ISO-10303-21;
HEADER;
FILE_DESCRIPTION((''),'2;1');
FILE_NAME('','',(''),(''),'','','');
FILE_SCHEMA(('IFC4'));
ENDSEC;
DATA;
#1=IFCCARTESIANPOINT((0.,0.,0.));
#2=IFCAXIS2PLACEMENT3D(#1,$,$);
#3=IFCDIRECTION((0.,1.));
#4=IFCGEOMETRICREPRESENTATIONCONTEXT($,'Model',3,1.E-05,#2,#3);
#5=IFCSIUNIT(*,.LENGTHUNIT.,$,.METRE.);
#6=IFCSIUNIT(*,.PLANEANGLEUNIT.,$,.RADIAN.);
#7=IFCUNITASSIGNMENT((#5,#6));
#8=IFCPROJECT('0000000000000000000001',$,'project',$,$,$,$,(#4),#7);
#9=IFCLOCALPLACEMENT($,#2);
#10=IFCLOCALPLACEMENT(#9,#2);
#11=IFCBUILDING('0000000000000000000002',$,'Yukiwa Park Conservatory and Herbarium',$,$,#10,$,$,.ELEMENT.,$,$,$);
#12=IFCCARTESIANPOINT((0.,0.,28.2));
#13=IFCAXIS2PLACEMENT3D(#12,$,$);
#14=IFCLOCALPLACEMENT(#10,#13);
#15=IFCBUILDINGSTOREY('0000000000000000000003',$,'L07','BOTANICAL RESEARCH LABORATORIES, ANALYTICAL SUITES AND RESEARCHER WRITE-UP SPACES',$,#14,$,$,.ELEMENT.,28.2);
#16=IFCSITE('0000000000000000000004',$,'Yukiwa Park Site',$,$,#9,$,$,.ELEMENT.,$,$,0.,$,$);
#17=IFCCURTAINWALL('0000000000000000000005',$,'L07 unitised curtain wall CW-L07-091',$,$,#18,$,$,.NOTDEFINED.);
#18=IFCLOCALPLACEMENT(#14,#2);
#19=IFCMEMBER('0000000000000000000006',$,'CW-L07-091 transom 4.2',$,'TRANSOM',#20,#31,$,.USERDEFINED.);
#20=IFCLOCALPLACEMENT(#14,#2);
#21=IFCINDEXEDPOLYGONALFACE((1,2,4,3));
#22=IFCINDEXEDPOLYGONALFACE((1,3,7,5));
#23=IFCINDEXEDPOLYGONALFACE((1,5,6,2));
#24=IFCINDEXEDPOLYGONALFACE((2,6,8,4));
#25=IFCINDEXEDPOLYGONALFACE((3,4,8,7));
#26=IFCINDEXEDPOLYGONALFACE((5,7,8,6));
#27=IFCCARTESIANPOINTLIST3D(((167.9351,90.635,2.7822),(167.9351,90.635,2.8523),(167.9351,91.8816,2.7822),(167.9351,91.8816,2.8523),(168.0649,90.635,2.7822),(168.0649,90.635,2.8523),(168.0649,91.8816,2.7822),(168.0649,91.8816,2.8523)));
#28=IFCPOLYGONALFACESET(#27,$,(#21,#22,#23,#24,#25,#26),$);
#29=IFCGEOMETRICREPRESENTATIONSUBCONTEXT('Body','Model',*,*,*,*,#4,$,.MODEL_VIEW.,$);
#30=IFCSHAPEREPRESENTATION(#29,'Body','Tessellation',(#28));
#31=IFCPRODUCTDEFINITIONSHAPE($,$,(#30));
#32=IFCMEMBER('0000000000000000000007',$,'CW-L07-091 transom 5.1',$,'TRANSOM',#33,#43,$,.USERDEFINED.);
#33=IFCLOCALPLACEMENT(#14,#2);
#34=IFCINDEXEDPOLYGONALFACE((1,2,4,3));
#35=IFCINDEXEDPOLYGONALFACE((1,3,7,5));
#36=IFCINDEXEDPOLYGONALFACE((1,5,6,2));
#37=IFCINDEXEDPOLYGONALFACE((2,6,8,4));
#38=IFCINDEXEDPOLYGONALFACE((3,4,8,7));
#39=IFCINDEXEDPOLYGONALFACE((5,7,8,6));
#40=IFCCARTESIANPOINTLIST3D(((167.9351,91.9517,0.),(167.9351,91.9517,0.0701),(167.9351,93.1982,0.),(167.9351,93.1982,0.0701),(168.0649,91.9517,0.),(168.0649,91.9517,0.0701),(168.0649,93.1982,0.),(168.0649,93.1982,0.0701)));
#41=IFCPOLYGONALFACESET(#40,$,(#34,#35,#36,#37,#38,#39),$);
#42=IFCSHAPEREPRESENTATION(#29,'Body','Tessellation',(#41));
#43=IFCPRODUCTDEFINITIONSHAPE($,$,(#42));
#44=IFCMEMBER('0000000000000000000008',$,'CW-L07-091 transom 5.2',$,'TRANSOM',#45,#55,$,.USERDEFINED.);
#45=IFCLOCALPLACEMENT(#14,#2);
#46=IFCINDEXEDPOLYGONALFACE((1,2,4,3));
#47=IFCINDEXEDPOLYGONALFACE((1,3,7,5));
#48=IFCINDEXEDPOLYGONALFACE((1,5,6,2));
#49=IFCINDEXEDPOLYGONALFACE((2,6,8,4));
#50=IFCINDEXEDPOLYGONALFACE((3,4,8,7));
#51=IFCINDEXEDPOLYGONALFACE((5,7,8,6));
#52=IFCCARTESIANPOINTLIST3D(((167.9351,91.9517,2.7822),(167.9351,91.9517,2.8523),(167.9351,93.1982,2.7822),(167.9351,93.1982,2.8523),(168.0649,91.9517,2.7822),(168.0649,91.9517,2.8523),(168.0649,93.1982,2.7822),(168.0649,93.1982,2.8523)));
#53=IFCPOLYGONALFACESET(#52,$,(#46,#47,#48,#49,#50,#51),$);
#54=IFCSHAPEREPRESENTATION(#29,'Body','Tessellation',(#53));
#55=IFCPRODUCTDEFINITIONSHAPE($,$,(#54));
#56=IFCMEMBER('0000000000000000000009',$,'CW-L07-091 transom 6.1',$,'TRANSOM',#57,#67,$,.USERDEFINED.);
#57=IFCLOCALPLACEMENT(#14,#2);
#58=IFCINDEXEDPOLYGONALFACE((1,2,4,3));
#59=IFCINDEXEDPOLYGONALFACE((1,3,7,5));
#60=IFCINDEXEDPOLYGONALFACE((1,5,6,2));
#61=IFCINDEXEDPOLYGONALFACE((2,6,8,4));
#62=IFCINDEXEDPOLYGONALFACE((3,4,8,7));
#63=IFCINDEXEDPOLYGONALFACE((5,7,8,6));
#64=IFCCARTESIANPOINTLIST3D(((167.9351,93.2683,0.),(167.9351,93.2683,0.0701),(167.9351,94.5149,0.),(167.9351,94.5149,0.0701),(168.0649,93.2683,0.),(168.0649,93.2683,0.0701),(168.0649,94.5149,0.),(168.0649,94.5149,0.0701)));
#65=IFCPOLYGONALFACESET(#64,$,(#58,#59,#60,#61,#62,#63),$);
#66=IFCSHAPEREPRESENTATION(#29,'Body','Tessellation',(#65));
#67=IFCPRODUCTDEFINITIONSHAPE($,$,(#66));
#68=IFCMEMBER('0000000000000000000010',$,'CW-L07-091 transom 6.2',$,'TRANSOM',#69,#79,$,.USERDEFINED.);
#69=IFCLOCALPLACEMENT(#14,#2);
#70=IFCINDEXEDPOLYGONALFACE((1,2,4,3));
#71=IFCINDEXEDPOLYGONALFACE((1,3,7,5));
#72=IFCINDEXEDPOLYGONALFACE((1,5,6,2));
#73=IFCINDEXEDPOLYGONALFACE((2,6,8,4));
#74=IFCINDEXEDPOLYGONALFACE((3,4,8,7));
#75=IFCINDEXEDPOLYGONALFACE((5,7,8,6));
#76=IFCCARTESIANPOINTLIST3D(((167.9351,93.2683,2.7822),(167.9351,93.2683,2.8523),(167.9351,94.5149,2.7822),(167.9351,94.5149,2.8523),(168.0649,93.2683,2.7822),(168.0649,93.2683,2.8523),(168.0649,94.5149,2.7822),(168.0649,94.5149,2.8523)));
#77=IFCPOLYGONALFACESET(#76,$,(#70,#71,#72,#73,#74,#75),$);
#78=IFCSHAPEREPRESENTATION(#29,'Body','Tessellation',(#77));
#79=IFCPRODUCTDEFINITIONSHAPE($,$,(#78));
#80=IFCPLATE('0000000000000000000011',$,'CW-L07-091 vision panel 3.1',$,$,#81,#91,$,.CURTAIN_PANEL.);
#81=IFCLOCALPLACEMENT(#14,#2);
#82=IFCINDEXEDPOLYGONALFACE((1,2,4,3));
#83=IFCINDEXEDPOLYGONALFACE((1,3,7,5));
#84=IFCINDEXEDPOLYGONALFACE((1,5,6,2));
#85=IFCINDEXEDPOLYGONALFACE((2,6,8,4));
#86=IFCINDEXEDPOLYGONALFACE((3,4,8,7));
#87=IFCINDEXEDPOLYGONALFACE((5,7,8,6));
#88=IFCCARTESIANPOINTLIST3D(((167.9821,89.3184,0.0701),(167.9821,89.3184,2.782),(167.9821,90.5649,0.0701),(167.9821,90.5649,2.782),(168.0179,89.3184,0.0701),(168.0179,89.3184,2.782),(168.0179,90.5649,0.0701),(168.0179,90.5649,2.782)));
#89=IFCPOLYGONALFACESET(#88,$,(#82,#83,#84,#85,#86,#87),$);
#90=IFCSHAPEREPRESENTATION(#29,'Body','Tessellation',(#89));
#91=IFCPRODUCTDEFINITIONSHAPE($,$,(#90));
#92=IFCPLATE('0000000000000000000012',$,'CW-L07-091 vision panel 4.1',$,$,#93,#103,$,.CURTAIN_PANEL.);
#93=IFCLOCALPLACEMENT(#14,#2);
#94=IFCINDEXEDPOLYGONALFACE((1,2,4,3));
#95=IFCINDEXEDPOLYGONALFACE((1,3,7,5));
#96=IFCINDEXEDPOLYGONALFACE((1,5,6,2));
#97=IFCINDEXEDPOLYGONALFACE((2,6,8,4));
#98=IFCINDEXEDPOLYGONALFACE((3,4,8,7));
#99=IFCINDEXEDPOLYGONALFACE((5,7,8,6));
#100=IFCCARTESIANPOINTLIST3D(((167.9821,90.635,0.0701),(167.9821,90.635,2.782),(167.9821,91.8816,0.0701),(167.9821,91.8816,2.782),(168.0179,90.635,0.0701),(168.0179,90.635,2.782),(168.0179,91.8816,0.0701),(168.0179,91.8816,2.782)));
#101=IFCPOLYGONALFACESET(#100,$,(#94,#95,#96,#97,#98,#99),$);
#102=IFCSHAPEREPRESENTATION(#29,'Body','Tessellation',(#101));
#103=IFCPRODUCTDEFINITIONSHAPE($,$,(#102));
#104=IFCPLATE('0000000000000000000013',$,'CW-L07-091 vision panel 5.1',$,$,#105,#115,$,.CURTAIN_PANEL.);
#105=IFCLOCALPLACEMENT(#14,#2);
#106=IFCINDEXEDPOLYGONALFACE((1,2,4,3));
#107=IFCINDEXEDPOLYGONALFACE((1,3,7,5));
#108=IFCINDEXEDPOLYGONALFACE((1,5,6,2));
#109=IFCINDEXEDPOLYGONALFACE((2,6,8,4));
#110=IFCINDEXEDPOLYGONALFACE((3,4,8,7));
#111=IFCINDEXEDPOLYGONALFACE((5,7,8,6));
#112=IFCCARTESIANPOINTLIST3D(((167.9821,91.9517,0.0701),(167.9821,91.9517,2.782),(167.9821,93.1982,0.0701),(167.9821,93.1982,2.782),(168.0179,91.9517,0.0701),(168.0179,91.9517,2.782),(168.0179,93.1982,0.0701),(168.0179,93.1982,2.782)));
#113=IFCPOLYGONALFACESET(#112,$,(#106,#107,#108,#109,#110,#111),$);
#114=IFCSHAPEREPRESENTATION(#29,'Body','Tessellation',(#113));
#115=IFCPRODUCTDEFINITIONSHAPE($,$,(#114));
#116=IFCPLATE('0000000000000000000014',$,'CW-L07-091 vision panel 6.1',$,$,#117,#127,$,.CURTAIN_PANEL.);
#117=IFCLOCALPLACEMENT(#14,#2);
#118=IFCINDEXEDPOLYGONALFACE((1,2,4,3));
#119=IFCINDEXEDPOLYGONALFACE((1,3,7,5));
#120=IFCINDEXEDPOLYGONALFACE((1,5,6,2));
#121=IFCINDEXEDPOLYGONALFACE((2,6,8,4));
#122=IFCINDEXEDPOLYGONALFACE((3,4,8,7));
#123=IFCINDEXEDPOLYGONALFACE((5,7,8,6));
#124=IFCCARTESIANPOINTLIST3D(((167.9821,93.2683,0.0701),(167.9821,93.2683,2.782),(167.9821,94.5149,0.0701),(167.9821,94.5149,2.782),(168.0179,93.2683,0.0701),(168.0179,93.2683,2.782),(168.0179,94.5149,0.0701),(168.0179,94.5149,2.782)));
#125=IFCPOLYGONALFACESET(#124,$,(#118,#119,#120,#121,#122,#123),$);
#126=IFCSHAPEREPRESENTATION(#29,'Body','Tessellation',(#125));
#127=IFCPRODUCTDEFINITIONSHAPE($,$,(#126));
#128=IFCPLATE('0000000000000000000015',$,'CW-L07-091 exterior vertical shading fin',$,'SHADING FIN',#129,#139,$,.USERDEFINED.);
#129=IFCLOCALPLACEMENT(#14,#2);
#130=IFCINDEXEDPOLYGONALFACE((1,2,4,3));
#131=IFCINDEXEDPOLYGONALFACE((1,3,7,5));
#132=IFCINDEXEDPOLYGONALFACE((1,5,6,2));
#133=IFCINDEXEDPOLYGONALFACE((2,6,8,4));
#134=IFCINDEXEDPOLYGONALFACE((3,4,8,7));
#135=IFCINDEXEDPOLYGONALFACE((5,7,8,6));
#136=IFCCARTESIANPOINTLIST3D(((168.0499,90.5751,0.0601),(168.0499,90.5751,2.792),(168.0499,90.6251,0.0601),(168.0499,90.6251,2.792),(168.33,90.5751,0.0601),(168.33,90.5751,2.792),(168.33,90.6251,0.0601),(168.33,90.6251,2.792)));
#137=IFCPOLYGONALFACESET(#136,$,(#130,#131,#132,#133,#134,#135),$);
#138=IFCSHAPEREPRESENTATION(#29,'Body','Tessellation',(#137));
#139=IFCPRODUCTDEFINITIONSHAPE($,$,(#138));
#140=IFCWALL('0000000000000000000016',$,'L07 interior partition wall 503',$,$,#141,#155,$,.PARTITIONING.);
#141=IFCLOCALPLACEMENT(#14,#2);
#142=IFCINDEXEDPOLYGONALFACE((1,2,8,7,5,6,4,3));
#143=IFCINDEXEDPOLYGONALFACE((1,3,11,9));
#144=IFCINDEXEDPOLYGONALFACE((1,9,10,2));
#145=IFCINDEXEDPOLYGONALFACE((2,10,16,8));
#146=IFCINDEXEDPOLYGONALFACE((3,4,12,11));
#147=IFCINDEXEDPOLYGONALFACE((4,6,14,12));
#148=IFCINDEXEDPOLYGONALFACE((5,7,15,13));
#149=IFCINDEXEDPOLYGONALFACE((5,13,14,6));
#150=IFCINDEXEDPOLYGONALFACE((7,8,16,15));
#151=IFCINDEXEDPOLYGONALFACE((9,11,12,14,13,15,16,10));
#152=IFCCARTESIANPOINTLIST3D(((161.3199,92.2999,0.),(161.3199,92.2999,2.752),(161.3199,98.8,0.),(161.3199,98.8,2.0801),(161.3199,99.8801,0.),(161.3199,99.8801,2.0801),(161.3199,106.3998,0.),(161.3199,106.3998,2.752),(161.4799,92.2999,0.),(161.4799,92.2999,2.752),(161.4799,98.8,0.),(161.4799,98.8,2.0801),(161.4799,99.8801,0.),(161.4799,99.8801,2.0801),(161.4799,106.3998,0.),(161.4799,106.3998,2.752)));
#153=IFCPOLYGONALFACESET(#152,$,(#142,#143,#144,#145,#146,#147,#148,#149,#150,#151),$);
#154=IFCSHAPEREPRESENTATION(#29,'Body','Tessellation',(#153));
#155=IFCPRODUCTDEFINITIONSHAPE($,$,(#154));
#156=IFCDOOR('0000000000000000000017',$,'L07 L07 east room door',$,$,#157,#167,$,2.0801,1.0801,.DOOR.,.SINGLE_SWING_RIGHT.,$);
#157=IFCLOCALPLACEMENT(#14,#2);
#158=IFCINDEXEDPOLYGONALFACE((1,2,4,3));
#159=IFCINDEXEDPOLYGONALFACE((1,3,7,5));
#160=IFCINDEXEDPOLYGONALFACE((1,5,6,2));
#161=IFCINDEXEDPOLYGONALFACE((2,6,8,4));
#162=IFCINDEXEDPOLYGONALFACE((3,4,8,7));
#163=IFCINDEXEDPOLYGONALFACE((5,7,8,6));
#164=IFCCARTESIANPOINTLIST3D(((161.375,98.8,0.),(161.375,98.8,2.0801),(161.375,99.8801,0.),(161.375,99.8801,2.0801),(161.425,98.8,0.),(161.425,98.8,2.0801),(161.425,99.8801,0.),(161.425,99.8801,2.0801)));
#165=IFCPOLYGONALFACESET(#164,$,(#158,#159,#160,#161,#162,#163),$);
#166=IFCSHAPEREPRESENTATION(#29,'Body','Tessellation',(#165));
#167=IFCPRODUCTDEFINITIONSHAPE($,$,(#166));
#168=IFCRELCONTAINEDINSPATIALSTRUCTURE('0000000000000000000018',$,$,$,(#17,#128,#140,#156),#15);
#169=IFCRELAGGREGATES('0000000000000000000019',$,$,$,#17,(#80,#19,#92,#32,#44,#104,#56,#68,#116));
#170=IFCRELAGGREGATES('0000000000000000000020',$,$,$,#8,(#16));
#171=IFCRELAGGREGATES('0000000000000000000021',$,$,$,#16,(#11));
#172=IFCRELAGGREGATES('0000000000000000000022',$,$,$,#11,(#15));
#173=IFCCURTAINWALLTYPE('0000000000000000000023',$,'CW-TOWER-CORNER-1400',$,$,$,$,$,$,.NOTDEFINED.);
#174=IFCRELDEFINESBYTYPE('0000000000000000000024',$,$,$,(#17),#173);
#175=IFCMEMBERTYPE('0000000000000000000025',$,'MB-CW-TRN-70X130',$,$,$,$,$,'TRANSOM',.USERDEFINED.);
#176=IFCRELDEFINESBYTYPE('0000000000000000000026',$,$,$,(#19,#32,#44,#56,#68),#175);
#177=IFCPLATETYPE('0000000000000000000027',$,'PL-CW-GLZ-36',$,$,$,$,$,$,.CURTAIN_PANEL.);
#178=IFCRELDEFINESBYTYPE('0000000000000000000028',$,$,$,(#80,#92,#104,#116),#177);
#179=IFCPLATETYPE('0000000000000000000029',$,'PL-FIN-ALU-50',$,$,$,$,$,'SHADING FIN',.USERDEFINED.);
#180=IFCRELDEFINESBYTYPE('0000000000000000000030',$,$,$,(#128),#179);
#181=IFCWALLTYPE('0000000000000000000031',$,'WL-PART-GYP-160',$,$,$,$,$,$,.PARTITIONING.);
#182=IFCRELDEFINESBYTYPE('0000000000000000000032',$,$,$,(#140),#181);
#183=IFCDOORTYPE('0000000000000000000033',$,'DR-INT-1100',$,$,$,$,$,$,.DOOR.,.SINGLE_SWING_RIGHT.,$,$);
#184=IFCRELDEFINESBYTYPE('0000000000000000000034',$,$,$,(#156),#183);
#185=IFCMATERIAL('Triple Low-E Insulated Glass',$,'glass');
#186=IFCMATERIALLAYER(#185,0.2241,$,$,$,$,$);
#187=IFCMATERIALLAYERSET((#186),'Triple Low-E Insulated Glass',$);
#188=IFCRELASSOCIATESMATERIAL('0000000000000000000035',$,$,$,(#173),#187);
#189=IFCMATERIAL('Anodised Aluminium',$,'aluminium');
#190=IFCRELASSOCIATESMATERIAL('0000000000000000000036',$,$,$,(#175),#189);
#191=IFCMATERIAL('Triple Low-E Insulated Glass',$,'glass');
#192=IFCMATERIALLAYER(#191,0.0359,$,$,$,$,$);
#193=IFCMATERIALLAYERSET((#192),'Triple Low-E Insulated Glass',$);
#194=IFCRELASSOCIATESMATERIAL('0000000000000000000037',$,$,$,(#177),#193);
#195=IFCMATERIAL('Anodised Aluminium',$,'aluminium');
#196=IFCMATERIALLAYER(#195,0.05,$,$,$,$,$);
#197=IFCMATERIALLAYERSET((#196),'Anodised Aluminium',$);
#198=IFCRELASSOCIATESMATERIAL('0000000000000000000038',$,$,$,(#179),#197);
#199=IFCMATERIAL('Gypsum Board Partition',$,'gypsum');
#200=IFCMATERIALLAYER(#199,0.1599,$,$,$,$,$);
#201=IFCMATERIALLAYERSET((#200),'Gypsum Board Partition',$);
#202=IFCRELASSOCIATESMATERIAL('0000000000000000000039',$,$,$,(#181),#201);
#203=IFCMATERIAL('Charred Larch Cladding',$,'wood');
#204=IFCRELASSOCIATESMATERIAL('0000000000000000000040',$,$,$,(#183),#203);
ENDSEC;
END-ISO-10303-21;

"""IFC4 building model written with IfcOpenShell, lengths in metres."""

from ifc_helpers import new_model, si_unit, direction, frame, frame_2d, origin, origin_2d, place, context, subcontext, project, spatial, rectangle, extrude, material, layer, layer_set, type_object, element, fill, aggregate, save


model = new_model("IFC4")

# Units and contexts
model_context = context("Model", 3, precision=1e-05, world=origin(), true_north=direction((0.0, 1.0)))
body_context = subcontext(model_context, "Body", "Model", "MODEL_VIEW")
ifc_project = project(units=[si_unit("LENGTHUNIT", "METRE"), si_unit("PLANEANGLEUNIT", "RADIAN")], contexts=[model_context])

# Site, building, storey
site_placement = place(None, origin())
site = spatial("IfcSite", under=ifc_project, at=site_placement, Name="Yukiwa Park Site", CompositionType="ELEMENT", RefElevation=0.0)
building_placement = place(site_placement, origin())
building = spatial("IfcBuilding", under=site, at=building_placement, Name="Yukiwa Park Conservatory and Herbarium", CompositionType="ELEMENT")
storey_placement = place(building_placement, frame((0.0, 0.0, 28.2)))
storey = spatial("IfcBuildingStorey", under=building, at=storey_placement, Name="L07", Description="BOTANICAL RESEARCH LABORATORIES, ANALYTICAL SUITES AND RESEARCHER WRITE-UP SPACES", CompositionType="ELEMENT", Elevation=28.2)

# Curtain wall, members, plates
ifc_material_1 = material(Name="Triple Low-E Insulated Glass", Category="glass")
ifc_layer_1 = layer(ifc_material_1, 0.2241)
ifc_layer_set_1 = layer_set([ifc_layer_1], Name="Triple Low-E Insulated Glass")
curtain_wall_type = type_object("IfcCurtainWallType", Name="CW-TOWER-CORNER-1400", PredefinedType="NOTDEFINED", material=ifc_layer_set_1)
curtain_wall_placement = place(storey_placement, origin())
curtain_wall = element("IfcCurtainWall", 1, at=curtain_wall_placement, inside=storey, type_object=curtain_wall_type, Name="L07 unitised curtain wall CW-L07-091", PredefinedType="NOTDEFINED")
ifc_material_2 = material(Name="Anodised Aluminium", Category="aluminium")
member_type_1 = type_object("IfcMemberType", Name="MB-CW-TRN-70X130", ElementType="TRANSOM", PredefinedType="USERDEFINED", material=ifc_material_2)
member_1_placement = place(storey_placement, frame((168.0, 91.2583, 2.7822), z_axis=(0.0, 0.0, 1.0), x_axis=(0.0, 1.0, 0.0)))
member_1 = element("IfcMember", 2, at=member_1_placement, type_object=member_type_1, Name="CW-L07-091 transom 4.2", ObjectType="TRANSOM", PredefinedType="USERDEFINED", context=body_context, shape_type="SweptSolid", body=[
    extrude(rectangle(XDim=1.2466, YDim=0.1299, at=origin_2d()), origin(), (0.0, 0.0, 1.0), 0.0701),
])
member_2_placement = place(storey_placement, frame((168.0, 92.575, 0.0), z_axis=(0.0, 0.0, 1.0), x_axis=(0.0, 1.0, 0.0)))
member_2 = element("IfcMember", 3, at=member_2_placement, type_object=member_type_1, Name="CW-L07-091 transom 5.1", ObjectType="TRANSOM", PredefinedType="USERDEFINED", context=body_context, shape_type="SweptSolid", body=[
    extrude(rectangle(XDim=1.2466, YDim=0.1299, at=origin_2d()), origin(), (0.0, 0.0, 1.0), 0.0701),
])
member_3_placement = place(storey_placement, frame((168.0, 92.575, 2.7822), z_axis=(0.0, 0.0, 1.0), x_axis=(0.0, 1.0, 0.0)))
member_3 = element("IfcMember", 4, at=member_3_placement, type_object=member_type_1, Name="CW-L07-091 transom 5.2", ObjectType="TRANSOM", PredefinedType="USERDEFINED", context=body_context, shape_type="SweptSolid", body=[
    extrude(rectangle(XDim=1.2466, YDim=0.1299, at=origin_2d()), origin(), (0.0, 0.0, 1.0), 0.0701),
])
member_4_placement = place(storey_placement, frame((168.0, 93.8916, 0.0), z_axis=(0.0, 0.0, 1.0), x_axis=(0.0, 1.0, 0.0)))
member_4 = element("IfcMember", 5, at=member_4_placement, type_object=member_type_1, Name="CW-L07-091 transom 6.1", ObjectType="TRANSOM", PredefinedType="USERDEFINED", context=body_context, shape_type="SweptSolid", body=[
    extrude(rectangle(XDim=1.2466, YDim=0.1299, at=origin_2d()), origin(), (0.0, 0.0, 1.0), 0.0701),
])
member_5_placement = place(storey_placement, frame((168.0, 93.8916, 2.7822), z_axis=(0.0, 0.0, 1.0), x_axis=(0.0, 1.0, 0.0)))
member_5 = element("IfcMember", 6, at=member_5_placement, type_object=member_type_1, Name="CW-L07-091 transom 6.2", ObjectType="TRANSOM", PredefinedType="USERDEFINED", context=body_context, shape_type="SweptSolid", body=[
    extrude(rectangle(XDim=1.2466, YDim=0.1299, at=origin_2d()), origin(), (0.0, 0.0, 1.0), 0.0701),
])
ifc_material_3 = material(Name="Triple Low-E Insulated Glass", Category="glass")
ifc_layer_2 = layer(ifc_material_3, 0.0359)
ifc_layer_set_2 = layer_set([ifc_layer_2], Name="Triple Low-E Insulated Glass")
plate_type_1 = type_object("IfcPlateType", Name="PL-CW-GLZ-36", PredefinedType="CURTAIN_PANEL", material=ifc_layer_set_2)
plate_1_placement = place(storey_placement, frame((168.0, 89.9417, 0.0701), z_axis=(0.0, 0.0, 1.0), x_axis=(0.0, 1.0, 0.0)))
plate_1 = element("IfcPlate", 7, at=plate_1_placement, type_object=plate_type_1, Name="CW-L07-091 vision panel 3.1", PredefinedType="CURTAIN_PANEL", context=body_context, shape_type="SweptSolid", body=[
    extrude(rectangle(XDim=1.2466, YDim=0.0359, at=origin_2d()), origin(), (0.0, 0.0, 1.0), 2.7119),
])
plate_2_placement = place(storey_placement, frame((168.0, 91.2583, 0.0701), z_axis=(0.0, 0.0, 1.0), x_axis=(0.0, 1.0, 0.0)))
plate_2 = element("IfcPlate", 8, at=plate_2_placement, type_object=plate_type_1, Name="CW-L07-091 vision panel 4.1", PredefinedType="CURTAIN_PANEL", context=body_context, shape_type="SweptSolid", body=[
    extrude(rectangle(XDim=1.2466, YDim=0.0359, at=origin_2d()), origin(), (0.0, 0.0, 1.0), 2.7119),
])
plate_3_placement = place(storey_placement, frame((168.0, 92.575, 0.0701), z_axis=(0.0, 0.0, 1.0), x_axis=(0.0, 1.0, 0.0)))
plate_3 = element("IfcPlate", 9, at=plate_3_placement, type_object=plate_type_1, Name="CW-L07-091 vision panel 5.1", PredefinedType="CURTAIN_PANEL", context=body_context, shape_type="SweptSolid", body=[
    extrude(rectangle(XDim=1.2466, YDim=0.0359, at=origin_2d()), origin(), (0.0, 0.0, 1.0), 2.7119),
])
plate_4_placement = place(storey_placement, frame((168.0, 93.8916, 0.0701), z_axis=(0.0, 0.0, 1.0), x_axis=(0.0, 1.0, 0.0)))
plate_4 = element("IfcPlate", 10, at=plate_4_placement, type_object=plate_type_1, Name="CW-L07-091 vision panel 6.1", PredefinedType="CURTAIN_PANEL", context=body_context, shape_type="SweptSolid", body=[
    extrude(rectangle(XDim=1.2466, YDim=0.0359, at=origin_2d()), origin(), (0.0, 0.0, 1.0), 2.7119),
])
aggregate(curtain_wall, [plate_1, member_1, plate_2, member_2, member_3, plate_3, member_4, member_5, plate_4])

# Plate
ifc_material_4 = material(Name="Anodised Aluminium", Category="aluminium")
ifc_layer_3 = layer(ifc_material_4, 0.05)
ifc_layer_set_3 = layer_set([ifc_layer_3], Name="Anodised Aluminium")
plate_type_2 = type_object("IfcPlateType", Name="PL-FIN-ALU-50", ElementType="SHADING FIN", PredefinedType="USERDEFINED", material=ifc_layer_set_3)
plate_5_placement = place(storey_placement, frame((168.1899, 90.6001, 0.0601), z_axis=(0.0, 0.0, 1.0), x_axis=(0.0, 1.0, 0.0)))
element("IfcPlate", 11, at=plate_5_placement, inside=storey, type_object=plate_type_2, Name="CW-L07-091 exterior vertical shading fin", ObjectType="SHADING FIN", PredefinedType="USERDEFINED", context=body_context, shape_type="SweptSolid", body=[
    extrude(rectangle(XDim=0.05, YDim=0.28, at=origin_2d()), origin(), (0.0, 0.0, 1.0), 2.7319),
])

# Wall, opening, door
ifc_material_5 = material(Name="Gypsum Board Partition", Category="gypsum")
ifc_layer_4 = layer(ifc_material_5, 0.1599)
ifc_layer_set_4 = layer_set([ifc_layer_4], Name="Gypsum Board Partition")
wall_type = type_object("IfcWallType", Name="WL-PART-GYP-160", PredefinedType="PARTITIONING", material=ifc_layer_set_4)
wall_placement = place(storey_placement, frame((161.3999, 92.3, 0.0), z_axis=(0.0, 0.0, 1.0), x_axis=(0.0, 1.0, 0.0)))
wall = element("IfcWall", 12, at=wall_placement, inside=storey, type_object=wall_type, Name="L07 interior partition wall 503", PredefinedType="PARTITIONING", context=body_context, shape_type="SweptSolid", body=[
    extrude(rectangle(XDim=14.0999, YDim=0.1599, at=frame_2d((7.0498, 0.0))), origin(), (0.0, 0.0, 1.0), 2.752),
])
opening_placement = place(wall_placement, frame((6.5, 0.0, 0.0)))
opening = element("IfcOpeningElement", 13, at=opening_placement, cuts=wall, PredefinedType="OPENING", context=body_context, shape_type="SweptSolid", body=[
    extrude(rectangle(XDim=1.0801, YDim=2.0801, at=frame_2d((0.54, 1.04))), frame((0.0, 0.0898, 0.0), z_axis=(0.0, -1.0, 0.0), x_axis=(1.0, 0.0, 0.0)), (0.0, 0.0, 1.0), 0.1799),
])
ifc_material_6 = material(Name="Charred Larch Cladding", Category="wood")
door_type = type_object("IfcDoorType", Name="DR-INT-1100", OperationType="SINGLE_SWING_RIGHT", PredefinedType="DOOR", material=ifc_material_6)
door_placement = place(opening_placement, origin())
door = element("IfcDoor", 14, at=door_placement, inside=storey, type_object=door_type, Name="L07 L07 east room door", OperationType="SINGLE_SWING_RIGHT", OverallHeight=2.0801, OverallWidth=1.0801, PredefinedType="DOOR", context=body_context, shape_type="SweptSolid", body=[
    extrude(rectangle(XDim=1.0801, YDim=2.0801, at=frame_2d((0.54, 1.04))), frame((0.0, 0.0249, 0.0), z_axis=(0.0, -1.0, 0.0), x_axis=(1.0, 0.0, 0.0)), (0.0, 0.0, 1.0), 0.05),
])
fill(opening, door)

save(model, "model.ifc")
